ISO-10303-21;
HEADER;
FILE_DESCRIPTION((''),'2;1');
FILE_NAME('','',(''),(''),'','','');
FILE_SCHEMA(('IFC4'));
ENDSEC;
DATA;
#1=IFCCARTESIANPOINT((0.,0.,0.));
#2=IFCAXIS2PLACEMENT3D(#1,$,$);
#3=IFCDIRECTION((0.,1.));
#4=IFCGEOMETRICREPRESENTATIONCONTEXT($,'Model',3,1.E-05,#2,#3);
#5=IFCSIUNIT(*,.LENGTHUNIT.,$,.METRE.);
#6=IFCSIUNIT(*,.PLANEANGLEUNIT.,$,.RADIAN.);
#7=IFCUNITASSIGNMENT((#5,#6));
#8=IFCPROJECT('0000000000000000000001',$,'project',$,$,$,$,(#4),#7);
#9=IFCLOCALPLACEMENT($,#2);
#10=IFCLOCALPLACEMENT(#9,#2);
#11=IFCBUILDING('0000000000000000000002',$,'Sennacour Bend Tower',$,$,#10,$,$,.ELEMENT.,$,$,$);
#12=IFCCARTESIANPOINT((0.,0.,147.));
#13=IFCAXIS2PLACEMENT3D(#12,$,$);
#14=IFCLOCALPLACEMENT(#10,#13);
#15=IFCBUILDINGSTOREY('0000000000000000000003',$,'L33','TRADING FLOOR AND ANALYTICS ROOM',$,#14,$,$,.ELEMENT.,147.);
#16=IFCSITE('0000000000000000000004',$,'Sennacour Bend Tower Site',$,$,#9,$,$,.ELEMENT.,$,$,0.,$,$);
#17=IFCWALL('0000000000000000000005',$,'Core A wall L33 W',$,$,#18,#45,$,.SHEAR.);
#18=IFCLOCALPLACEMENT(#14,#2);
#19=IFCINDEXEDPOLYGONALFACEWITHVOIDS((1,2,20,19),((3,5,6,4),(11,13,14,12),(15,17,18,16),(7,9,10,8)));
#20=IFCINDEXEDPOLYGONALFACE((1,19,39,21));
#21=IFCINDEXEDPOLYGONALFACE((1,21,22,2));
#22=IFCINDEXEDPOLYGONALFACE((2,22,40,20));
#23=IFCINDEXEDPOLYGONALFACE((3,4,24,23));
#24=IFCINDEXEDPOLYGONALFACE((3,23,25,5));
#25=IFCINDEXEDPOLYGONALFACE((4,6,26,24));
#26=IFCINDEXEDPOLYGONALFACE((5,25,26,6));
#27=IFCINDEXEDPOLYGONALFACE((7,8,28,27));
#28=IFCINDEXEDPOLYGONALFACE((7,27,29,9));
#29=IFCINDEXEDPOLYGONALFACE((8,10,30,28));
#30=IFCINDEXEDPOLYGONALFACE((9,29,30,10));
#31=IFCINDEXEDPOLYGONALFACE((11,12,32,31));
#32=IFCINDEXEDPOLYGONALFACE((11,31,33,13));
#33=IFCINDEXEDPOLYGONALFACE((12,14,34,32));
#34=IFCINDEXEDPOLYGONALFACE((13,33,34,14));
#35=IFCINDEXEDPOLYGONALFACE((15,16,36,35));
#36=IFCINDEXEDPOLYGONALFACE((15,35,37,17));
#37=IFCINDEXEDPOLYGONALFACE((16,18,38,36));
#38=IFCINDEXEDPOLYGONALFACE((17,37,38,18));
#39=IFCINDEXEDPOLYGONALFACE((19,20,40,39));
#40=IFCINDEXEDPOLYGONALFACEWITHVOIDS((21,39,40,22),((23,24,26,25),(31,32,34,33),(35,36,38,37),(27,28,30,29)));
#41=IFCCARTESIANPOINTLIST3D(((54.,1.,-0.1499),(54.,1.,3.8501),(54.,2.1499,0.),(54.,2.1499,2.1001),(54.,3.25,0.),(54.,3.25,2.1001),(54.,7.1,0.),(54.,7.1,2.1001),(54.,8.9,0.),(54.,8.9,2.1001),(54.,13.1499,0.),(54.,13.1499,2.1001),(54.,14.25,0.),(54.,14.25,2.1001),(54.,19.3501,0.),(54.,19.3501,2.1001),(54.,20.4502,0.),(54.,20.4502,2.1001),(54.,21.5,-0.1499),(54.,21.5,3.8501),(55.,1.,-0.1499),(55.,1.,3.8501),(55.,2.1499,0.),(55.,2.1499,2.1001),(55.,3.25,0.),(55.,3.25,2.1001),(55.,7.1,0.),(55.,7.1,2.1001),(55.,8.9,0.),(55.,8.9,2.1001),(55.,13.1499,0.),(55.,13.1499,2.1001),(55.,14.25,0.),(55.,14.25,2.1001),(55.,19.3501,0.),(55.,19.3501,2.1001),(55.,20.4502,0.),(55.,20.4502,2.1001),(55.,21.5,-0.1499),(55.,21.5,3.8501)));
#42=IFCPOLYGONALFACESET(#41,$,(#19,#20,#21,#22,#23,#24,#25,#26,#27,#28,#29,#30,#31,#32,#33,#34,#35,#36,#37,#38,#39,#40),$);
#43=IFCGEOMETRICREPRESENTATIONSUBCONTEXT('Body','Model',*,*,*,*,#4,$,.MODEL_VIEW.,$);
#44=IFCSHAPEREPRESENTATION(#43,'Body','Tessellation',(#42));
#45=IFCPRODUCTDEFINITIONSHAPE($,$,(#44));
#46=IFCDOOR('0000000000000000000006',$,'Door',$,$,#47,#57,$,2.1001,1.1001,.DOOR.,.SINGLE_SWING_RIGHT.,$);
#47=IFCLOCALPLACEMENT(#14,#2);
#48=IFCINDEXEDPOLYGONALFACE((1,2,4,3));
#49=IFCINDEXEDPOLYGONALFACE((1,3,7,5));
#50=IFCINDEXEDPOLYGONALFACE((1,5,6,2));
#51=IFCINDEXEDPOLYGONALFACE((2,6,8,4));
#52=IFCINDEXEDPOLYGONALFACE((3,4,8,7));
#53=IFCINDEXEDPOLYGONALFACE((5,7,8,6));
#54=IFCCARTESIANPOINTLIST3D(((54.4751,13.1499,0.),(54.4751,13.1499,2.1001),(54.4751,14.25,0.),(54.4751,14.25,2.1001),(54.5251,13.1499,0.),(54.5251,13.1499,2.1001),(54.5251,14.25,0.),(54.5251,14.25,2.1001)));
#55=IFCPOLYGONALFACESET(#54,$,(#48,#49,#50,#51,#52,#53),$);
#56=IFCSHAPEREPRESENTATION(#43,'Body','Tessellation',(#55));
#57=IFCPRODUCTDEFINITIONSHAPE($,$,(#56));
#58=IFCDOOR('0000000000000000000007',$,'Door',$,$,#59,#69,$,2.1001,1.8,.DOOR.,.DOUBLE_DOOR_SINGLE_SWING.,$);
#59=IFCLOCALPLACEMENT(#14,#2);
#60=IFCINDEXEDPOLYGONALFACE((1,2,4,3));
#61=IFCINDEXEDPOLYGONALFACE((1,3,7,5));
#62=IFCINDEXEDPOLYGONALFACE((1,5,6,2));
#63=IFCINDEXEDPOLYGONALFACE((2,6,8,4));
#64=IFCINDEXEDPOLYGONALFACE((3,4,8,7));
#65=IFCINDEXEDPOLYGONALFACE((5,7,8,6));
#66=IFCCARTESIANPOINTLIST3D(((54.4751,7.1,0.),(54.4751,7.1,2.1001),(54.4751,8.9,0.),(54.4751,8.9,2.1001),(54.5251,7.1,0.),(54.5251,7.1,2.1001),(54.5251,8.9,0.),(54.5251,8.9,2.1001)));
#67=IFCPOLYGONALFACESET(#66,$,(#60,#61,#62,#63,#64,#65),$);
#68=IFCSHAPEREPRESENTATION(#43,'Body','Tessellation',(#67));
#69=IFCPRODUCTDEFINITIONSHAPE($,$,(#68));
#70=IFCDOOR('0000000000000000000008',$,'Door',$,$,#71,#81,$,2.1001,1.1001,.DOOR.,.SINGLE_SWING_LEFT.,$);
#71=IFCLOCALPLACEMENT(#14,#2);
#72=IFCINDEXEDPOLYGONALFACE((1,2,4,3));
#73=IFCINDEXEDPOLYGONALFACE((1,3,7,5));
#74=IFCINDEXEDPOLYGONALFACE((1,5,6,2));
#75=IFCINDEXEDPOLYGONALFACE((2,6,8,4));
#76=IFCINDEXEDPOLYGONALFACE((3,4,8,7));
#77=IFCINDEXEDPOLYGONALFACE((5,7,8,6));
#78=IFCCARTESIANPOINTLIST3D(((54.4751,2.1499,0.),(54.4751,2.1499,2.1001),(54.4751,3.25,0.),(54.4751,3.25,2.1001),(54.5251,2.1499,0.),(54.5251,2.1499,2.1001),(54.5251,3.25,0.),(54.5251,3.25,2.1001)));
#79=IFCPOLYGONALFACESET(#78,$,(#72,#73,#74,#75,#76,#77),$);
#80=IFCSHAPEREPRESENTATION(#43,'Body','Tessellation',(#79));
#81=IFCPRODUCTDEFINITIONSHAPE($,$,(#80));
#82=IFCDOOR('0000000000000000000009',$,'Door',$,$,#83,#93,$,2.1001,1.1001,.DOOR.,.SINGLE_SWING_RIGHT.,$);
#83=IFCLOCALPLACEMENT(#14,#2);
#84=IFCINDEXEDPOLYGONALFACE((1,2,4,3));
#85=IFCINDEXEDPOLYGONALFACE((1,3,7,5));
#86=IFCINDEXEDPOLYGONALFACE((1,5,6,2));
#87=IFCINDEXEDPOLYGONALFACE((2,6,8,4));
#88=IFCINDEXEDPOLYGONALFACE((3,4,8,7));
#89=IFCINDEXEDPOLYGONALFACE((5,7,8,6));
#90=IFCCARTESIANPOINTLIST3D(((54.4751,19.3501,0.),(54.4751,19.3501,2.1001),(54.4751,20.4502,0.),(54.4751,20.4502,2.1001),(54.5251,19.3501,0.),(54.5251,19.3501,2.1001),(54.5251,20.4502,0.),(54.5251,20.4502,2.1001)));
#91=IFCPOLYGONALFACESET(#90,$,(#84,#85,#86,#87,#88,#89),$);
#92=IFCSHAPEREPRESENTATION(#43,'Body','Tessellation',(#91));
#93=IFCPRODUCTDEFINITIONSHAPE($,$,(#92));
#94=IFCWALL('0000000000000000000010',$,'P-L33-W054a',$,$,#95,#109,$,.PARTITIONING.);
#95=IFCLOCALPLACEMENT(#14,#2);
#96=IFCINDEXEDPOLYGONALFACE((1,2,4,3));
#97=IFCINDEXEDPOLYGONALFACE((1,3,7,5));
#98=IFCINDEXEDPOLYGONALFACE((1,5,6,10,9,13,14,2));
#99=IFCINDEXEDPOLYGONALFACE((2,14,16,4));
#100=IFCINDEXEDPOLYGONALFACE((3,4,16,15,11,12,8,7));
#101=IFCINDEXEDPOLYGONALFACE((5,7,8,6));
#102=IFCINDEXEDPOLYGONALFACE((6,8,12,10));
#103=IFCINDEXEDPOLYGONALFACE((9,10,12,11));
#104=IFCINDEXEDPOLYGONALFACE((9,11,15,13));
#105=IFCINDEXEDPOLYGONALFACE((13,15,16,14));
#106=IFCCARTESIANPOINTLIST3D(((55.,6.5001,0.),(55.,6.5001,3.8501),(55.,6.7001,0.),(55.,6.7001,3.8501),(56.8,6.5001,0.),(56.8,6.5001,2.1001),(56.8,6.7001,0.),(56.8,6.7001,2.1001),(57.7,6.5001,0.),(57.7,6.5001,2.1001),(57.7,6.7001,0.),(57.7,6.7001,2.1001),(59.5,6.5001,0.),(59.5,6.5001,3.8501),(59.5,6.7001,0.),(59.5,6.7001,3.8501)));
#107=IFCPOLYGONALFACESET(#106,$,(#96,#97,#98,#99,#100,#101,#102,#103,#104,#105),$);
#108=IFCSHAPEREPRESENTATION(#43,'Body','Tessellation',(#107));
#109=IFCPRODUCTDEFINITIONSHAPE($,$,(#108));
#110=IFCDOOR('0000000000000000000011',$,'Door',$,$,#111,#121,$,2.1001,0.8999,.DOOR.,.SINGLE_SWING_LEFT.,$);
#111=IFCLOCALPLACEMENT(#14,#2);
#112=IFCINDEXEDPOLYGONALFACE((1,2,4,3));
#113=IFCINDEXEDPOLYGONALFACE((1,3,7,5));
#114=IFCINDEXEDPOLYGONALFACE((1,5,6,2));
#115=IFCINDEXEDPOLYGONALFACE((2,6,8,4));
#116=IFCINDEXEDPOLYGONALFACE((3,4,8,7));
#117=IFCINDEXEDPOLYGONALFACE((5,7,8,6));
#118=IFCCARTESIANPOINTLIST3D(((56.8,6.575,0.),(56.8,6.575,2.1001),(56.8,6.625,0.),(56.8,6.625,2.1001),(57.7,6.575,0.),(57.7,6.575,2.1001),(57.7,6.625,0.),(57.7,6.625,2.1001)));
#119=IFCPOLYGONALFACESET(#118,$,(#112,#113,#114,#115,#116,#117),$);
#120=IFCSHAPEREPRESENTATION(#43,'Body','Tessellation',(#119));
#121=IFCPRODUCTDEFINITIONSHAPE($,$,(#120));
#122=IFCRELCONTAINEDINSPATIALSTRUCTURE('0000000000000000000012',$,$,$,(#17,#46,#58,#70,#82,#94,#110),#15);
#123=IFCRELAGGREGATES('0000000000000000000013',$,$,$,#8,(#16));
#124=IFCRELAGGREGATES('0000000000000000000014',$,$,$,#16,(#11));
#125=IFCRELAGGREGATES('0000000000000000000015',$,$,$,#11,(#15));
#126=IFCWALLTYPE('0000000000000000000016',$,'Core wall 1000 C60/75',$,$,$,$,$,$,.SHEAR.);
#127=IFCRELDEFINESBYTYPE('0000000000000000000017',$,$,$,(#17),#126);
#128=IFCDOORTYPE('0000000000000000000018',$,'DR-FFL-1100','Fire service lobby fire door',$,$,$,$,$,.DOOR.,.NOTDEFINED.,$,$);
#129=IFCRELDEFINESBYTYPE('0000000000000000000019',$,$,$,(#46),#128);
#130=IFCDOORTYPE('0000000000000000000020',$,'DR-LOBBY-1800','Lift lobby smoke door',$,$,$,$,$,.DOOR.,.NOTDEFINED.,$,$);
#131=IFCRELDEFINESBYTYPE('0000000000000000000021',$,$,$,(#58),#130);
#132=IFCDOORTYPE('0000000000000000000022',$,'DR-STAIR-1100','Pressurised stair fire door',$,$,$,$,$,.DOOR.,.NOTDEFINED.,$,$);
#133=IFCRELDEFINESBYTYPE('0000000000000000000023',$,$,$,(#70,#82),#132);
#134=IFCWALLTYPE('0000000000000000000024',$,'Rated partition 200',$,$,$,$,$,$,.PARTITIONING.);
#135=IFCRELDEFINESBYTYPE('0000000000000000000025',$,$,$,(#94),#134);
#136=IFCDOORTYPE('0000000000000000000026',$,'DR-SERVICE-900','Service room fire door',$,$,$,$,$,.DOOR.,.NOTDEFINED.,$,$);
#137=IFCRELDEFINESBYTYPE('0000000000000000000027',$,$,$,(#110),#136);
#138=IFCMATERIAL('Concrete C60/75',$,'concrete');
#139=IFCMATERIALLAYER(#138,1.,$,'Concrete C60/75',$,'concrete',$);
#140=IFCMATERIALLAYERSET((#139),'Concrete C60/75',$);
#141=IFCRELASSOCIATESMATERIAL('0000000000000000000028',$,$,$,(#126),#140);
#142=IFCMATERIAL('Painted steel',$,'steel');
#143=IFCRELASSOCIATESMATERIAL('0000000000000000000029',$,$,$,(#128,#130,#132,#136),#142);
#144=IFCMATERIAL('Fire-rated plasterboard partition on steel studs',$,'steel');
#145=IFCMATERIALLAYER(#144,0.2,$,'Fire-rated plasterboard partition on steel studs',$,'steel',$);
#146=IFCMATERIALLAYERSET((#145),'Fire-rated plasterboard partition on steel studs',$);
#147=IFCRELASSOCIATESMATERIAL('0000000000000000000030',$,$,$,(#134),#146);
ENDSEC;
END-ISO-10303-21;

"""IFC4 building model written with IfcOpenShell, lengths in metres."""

from ifc_helpers import new_model, si_unit, direction, frame, frame_2d, origin, place, context, subcontext, project, spatial, rectangle, extrude, material, layer, layer_set, type_object, element, fill, save


model = new_model("IFC4")

# Units and contexts
model_context = context("Model", 3, precision=1e-05, world=origin(), true_north=direction((0.0, 1.0)))
body_context = subcontext(model_context, "Body", "Model", "MODEL_VIEW")
ifc_project = project(units=[si_unit("LENGTHUNIT", "METRE"), si_unit("PLANEANGLEUNIT", "RADIAN")], contexts=[model_context])

# Site, building, storey
site_placement = place(None, origin())
site = spatial("IfcSite", under=ifc_project, at=site_placement, Name="Sennacour Bend Tower Site", CompositionType="ELEMENT", RefElevation=0.0)
building_placement = place(site_placement, origin())
building = spatial("IfcBuilding", under=site, at=building_placement, Name="Sennacour Bend Tower", CompositionType="ELEMENT")
storey_placement = place(building_placement, frame((0.0, 0.0, 147.0)))
storey = spatial("IfcBuildingStorey", under=building, at=storey_placement, Name="L33", Description="TRADING FLOOR AND ANALYTICS ROOM", CompositionType="ELEMENT", Elevation=147.0)

# Wall, openings, doors
ifc_material_1 = material(Name="Concrete C60/75", Category="concrete")
ifc_layer_1 = layer(ifc_material_1, 1.0, Name="Concrete C60/75", Category="concrete")
ifc_layer_set_1 = layer_set([ifc_layer_1], Name="Concrete C60/75")
wall_type_1 = type_object("IfcWallType", Name="Core wall 1000 C60/75", PredefinedType="SHEAR", material=ifc_layer_set_1)
wall_1_placement = place(storey_placement, frame((54.5, 1.0, -0.1499), z_axis=(0.0, 0.0, 1.0), x_axis=(0.0, 1.0, 0.0)))
wall_1 = element("IfcWall", 1, at=wall_1_placement, inside=storey, type_object=wall_type_1, Name="Core A wall L33 W", PredefinedType="SHEAR", context=body_context, shape_type="SweptSolid", body=[
    extrude(rectangle(XDim=20.5, YDim=1.0, at=frame_2d((10.25, 0.0))), origin(), (0.0, 0.0, 1.0), 4.0),
])
opening_1_placement = place(wall_1_placement, frame((6.1001, 0.0, 0.1499)))
opening_1 = element("IfcOpeningElement", 2, at=opening_1_placement, cuts=wall_1, PredefinedType="OPENING", context=body_context, shape_type="SweptSolid", body=[
    extrude(rectangle(XDim=1.8, YDim=2.1001, at=frame_2d((0.8999, 1.05))), frame((0.0, 0.51, 0.0), z_axis=(0.0, -1.0, 0.0), x_axis=(1.0, 0.0, 0.0)), (0.0, 0.0, 1.0), 1.02),
])
opening_2_placement = place(wall_1_placement, frame((12.1499, 0.0, 0.1499)))
opening_2 = element("IfcOpeningElement", 3, at=opening_2_placement, cuts=wall_1, PredefinedType="OPENING", context=body_context, shape_type="SweptSolid", body=[
    extrude(rectangle(XDim=1.1001, YDim=2.1001, at=frame_2d((0.55, 1.05))), frame((0.0, 0.51, 0.0), z_axis=(0.0, -1.0, 0.0), x_axis=(1.0, 0.0, 0.0)), (0.0, 0.0, 1.0), 1.02),
])
opening_3_placement = place(wall_1_placement, frame((1.1499, 0.0, 0.1499)))
opening_3 = element("IfcOpeningElement", 4, at=opening_3_placement, cuts=wall_1, PredefinedType="OPENING", context=body_context, shape_type="SweptSolid", body=[
    extrude(rectangle(XDim=1.1001, YDim=2.1001, at=frame_2d((0.55, 1.05))), frame((0.0, 0.51, 0.0), z_axis=(0.0, -1.0, 0.0), x_axis=(1.0, 0.0, 0.0)), (0.0, 0.0, 1.0), 1.02),
])
opening_4_placement = place(wall_1_placement, frame((18.3501, 0.0, 0.1499)))
opening_4 = element("IfcOpeningElement", 5, at=opening_4_placement, cuts=wall_1, PredefinedType="OPENING", context=body_context, shape_type="SweptSolid", body=[
    extrude(rectangle(XDim=1.1001, YDim=2.1001, at=frame_2d((0.55, 1.05))), frame((0.0, 0.51, 0.0), z_axis=(0.0, -1.0, 0.0), x_axis=(1.0, 0.0, 0.0)), (0.0, 0.0, 1.0), 1.02),
])
ifc_material_2 = material(Name="Painted steel", Category="steel")
door_type_1 = type_object("IfcDoorType", Name="DR-FFL-1100", Description="Fire service lobby fire door", OperationType="NOTDEFINED", PredefinedType="DOOR", material=ifc_material_2)
door_1_placement = place(opening_2_placement, origin())
door_1 = element("IfcDoor", 6, at=door_1_placement, inside=storey, type_object=door_type_1, Name="Door", OperationType="SINGLE_SWING_RIGHT", OverallHeight=2.1001, OverallWidth=1.1001, PredefinedType="DOOR", context=body_context, shape_type="SweptSolid", body=[
    extrude(rectangle(XDim=1.1001, YDim=2.1001, at=frame_2d((0.55, 1.05))), frame((0.0, 0.0249, 0.0), z_axis=(0.0, -1.0, 0.0), x_axis=(1.0, 0.0, 0.0)), (0.0, 0.0, 1.0), 0.05),
])
fill(opening_2, door_1)
door_type_2 = type_object("IfcDoorType", Name="DR-LOBBY-1800", Description="Lift lobby smoke door", OperationType="NOTDEFINED", PredefinedType="DOOR", material=ifc_material_2)
door_2_placement = place(opening_1_placement, origin())
door_2 = element("IfcDoor", 7, at=door_2_placement, inside=storey, type_object=door_type_2, Name="Door", OperationType="DOUBLE_DOOR_SINGLE_SWING", OverallHeight=2.1001, OverallWidth=1.8, PredefinedType="DOOR", context=body_context, shape_type="SweptSolid", body=[
    extrude(rectangle(XDim=1.8, YDim=2.1001, at=frame_2d((0.8999, 1.05))), frame((0.0, 0.0249, 0.0), z_axis=(0.0, -1.0, 0.0), x_axis=(1.0, 0.0, 0.0)), (0.0, 0.0, 1.0), 0.05),
])
fill(opening_1, door_2)
door_type_3 = type_object("IfcDoorType", Name="DR-STAIR-1100", Description="Pressurised stair fire door", OperationType="NOTDEFINED", PredefinedType="DOOR", material=ifc_material_2)
door_3_placement = place(opening_3_placement, origin())
door_3 = element("IfcDoor", 8, at=door_3_placement, inside=storey, type_object=door_type_3, Name="Door", OperationType="SINGLE_SWING_LEFT", OverallHeight=2.1001, OverallWidth=1.1001, PredefinedType="DOOR", context=body_context, shape_type="SweptSolid", body=[
    extrude(rectangle(XDim=1.1001, YDim=2.1001, at=frame_2d((0.55, 1.05))), frame((0.0, 0.0249, 0.0), z_axis=(0.0, -1.0, 0.0), x_axis=(1.0, 0.0, 0.0)), (0.0, 0.0, 1.0), 0.05),
])
fill(opening_3, door_3)
door_4_placement = place(opening_4_placement, origin())
door_4 = element("IfcDoor", 9, at=door_4_placement, inside=storey, type_object=door_type_3, Name="Door", OperationType="SINGLE_SWING_RIGHT", OverallHeight=2.1001, OverallWidth=1.1001, PredefinedType="DOOR", context=body_context, shape_type="SweptSolid", body=[
    extrude(rectangle(XDim=1.1001, YDim=2.1001, at=frame_2d((0.55, 1.05))), frame((0.0, 0.0249, 0.0), z_axis=(0.0, -1.0, 0.0), x_axis=(1.0, 0.0, 0.0)), (0.0, 0.0, 1.0), 0.05),
])
fill(opening_4, door_4)

# Wall, opening, door
ifc_material_3 = material(Name="Fire-rated plasterboard partition on steel studs", Category="steel")
ifc_layer_2 = layer(ifc_material_3, 0.2, Name="Fire-rated plasterboard partition on steel studs", Category="steel")
ifc_layer_set_2 = layer_set([ifc_layer_2], Name="Fire-rated plasterboard partition on steel studs")
wall_type_2 = type_object("IfcWallType", Name="Rated partition 200", PredefinedType="PARTITIONING", material=ifc_layer_set_2)
wall_2_placement = place(storey_placement, frame((55.0, 6.6001, 0.0), z_axis=(0.0, 0.0, 1.0), x_axis=(1.0, 0.0, 0.0)))
wall_2 = element("IfcWall", 10, at=wall_2_placement, inside=storey, type_object=wall_type_2, Name="P-L33-W054a", PredefinedType="PARTITIONING", context=body_context, shape_type="SweptSolid", body=[
    extrude(rectangle(XDim=4.5, YDim=0.2, at=frame_2d((2.25, 0.0))), origin(), (0.0, 0.0, 1.0), 3.8501),
])
opening_5_placement = place(wall_2_placement, frame((1.8, 0.0, 0.0)))
opening_5 = element("IfcOpeningElement", 11, at=opening_5_placement, cuts=wall_2, PredefinedType="OPENING", context=body_context, shape_type="SweptSolid", body=[
    extrude(rectangle(XDim=0.8999, YDim=2.1001, at=frame_2d((0.45, 1.05))), frame((0.0, 0.1099, 0.0), z_axis=(0.0, -1.0, 0.0), x_axis=(1.0, 0.0, 0.0)), (0.0, 0.0, 1.0), 0.22),
])
door_type_4 = type_object("IfcDoorType", Name="DR-SERVICE-900", Description="Service room fire door", OperationType="NOTDEFINED", PredefinedType="DOOR", material=ifc_material_2)
door_5_placement = place(opening_5_placement, origin())
door_5 = element("IfcDoor", 12, at=door_5_placement, inside=storey, type_object=door_type_4, Name="Door", OperationType="SINGLE_SWING_LEFT", OverallHeight=2.1001, OverallWidth=0.8999, PredefinedType="DOOR", context=body_context, shape_type="SweptSolid", body=[
    extrude(rectangle(XDim=0.8999, YDim=2.1001, at=frame_2d((0.45, 1.05))), frame((0.0, 0.0249, 0.0), z_axis=(0.0, -1.0, 0.0), x_axis=(1.0, 0.0, 0.0)), (0.0, 0.0, 1.0), 0.05),
])
fill(opening_5, door_5)

save(model, "model.ifc")
